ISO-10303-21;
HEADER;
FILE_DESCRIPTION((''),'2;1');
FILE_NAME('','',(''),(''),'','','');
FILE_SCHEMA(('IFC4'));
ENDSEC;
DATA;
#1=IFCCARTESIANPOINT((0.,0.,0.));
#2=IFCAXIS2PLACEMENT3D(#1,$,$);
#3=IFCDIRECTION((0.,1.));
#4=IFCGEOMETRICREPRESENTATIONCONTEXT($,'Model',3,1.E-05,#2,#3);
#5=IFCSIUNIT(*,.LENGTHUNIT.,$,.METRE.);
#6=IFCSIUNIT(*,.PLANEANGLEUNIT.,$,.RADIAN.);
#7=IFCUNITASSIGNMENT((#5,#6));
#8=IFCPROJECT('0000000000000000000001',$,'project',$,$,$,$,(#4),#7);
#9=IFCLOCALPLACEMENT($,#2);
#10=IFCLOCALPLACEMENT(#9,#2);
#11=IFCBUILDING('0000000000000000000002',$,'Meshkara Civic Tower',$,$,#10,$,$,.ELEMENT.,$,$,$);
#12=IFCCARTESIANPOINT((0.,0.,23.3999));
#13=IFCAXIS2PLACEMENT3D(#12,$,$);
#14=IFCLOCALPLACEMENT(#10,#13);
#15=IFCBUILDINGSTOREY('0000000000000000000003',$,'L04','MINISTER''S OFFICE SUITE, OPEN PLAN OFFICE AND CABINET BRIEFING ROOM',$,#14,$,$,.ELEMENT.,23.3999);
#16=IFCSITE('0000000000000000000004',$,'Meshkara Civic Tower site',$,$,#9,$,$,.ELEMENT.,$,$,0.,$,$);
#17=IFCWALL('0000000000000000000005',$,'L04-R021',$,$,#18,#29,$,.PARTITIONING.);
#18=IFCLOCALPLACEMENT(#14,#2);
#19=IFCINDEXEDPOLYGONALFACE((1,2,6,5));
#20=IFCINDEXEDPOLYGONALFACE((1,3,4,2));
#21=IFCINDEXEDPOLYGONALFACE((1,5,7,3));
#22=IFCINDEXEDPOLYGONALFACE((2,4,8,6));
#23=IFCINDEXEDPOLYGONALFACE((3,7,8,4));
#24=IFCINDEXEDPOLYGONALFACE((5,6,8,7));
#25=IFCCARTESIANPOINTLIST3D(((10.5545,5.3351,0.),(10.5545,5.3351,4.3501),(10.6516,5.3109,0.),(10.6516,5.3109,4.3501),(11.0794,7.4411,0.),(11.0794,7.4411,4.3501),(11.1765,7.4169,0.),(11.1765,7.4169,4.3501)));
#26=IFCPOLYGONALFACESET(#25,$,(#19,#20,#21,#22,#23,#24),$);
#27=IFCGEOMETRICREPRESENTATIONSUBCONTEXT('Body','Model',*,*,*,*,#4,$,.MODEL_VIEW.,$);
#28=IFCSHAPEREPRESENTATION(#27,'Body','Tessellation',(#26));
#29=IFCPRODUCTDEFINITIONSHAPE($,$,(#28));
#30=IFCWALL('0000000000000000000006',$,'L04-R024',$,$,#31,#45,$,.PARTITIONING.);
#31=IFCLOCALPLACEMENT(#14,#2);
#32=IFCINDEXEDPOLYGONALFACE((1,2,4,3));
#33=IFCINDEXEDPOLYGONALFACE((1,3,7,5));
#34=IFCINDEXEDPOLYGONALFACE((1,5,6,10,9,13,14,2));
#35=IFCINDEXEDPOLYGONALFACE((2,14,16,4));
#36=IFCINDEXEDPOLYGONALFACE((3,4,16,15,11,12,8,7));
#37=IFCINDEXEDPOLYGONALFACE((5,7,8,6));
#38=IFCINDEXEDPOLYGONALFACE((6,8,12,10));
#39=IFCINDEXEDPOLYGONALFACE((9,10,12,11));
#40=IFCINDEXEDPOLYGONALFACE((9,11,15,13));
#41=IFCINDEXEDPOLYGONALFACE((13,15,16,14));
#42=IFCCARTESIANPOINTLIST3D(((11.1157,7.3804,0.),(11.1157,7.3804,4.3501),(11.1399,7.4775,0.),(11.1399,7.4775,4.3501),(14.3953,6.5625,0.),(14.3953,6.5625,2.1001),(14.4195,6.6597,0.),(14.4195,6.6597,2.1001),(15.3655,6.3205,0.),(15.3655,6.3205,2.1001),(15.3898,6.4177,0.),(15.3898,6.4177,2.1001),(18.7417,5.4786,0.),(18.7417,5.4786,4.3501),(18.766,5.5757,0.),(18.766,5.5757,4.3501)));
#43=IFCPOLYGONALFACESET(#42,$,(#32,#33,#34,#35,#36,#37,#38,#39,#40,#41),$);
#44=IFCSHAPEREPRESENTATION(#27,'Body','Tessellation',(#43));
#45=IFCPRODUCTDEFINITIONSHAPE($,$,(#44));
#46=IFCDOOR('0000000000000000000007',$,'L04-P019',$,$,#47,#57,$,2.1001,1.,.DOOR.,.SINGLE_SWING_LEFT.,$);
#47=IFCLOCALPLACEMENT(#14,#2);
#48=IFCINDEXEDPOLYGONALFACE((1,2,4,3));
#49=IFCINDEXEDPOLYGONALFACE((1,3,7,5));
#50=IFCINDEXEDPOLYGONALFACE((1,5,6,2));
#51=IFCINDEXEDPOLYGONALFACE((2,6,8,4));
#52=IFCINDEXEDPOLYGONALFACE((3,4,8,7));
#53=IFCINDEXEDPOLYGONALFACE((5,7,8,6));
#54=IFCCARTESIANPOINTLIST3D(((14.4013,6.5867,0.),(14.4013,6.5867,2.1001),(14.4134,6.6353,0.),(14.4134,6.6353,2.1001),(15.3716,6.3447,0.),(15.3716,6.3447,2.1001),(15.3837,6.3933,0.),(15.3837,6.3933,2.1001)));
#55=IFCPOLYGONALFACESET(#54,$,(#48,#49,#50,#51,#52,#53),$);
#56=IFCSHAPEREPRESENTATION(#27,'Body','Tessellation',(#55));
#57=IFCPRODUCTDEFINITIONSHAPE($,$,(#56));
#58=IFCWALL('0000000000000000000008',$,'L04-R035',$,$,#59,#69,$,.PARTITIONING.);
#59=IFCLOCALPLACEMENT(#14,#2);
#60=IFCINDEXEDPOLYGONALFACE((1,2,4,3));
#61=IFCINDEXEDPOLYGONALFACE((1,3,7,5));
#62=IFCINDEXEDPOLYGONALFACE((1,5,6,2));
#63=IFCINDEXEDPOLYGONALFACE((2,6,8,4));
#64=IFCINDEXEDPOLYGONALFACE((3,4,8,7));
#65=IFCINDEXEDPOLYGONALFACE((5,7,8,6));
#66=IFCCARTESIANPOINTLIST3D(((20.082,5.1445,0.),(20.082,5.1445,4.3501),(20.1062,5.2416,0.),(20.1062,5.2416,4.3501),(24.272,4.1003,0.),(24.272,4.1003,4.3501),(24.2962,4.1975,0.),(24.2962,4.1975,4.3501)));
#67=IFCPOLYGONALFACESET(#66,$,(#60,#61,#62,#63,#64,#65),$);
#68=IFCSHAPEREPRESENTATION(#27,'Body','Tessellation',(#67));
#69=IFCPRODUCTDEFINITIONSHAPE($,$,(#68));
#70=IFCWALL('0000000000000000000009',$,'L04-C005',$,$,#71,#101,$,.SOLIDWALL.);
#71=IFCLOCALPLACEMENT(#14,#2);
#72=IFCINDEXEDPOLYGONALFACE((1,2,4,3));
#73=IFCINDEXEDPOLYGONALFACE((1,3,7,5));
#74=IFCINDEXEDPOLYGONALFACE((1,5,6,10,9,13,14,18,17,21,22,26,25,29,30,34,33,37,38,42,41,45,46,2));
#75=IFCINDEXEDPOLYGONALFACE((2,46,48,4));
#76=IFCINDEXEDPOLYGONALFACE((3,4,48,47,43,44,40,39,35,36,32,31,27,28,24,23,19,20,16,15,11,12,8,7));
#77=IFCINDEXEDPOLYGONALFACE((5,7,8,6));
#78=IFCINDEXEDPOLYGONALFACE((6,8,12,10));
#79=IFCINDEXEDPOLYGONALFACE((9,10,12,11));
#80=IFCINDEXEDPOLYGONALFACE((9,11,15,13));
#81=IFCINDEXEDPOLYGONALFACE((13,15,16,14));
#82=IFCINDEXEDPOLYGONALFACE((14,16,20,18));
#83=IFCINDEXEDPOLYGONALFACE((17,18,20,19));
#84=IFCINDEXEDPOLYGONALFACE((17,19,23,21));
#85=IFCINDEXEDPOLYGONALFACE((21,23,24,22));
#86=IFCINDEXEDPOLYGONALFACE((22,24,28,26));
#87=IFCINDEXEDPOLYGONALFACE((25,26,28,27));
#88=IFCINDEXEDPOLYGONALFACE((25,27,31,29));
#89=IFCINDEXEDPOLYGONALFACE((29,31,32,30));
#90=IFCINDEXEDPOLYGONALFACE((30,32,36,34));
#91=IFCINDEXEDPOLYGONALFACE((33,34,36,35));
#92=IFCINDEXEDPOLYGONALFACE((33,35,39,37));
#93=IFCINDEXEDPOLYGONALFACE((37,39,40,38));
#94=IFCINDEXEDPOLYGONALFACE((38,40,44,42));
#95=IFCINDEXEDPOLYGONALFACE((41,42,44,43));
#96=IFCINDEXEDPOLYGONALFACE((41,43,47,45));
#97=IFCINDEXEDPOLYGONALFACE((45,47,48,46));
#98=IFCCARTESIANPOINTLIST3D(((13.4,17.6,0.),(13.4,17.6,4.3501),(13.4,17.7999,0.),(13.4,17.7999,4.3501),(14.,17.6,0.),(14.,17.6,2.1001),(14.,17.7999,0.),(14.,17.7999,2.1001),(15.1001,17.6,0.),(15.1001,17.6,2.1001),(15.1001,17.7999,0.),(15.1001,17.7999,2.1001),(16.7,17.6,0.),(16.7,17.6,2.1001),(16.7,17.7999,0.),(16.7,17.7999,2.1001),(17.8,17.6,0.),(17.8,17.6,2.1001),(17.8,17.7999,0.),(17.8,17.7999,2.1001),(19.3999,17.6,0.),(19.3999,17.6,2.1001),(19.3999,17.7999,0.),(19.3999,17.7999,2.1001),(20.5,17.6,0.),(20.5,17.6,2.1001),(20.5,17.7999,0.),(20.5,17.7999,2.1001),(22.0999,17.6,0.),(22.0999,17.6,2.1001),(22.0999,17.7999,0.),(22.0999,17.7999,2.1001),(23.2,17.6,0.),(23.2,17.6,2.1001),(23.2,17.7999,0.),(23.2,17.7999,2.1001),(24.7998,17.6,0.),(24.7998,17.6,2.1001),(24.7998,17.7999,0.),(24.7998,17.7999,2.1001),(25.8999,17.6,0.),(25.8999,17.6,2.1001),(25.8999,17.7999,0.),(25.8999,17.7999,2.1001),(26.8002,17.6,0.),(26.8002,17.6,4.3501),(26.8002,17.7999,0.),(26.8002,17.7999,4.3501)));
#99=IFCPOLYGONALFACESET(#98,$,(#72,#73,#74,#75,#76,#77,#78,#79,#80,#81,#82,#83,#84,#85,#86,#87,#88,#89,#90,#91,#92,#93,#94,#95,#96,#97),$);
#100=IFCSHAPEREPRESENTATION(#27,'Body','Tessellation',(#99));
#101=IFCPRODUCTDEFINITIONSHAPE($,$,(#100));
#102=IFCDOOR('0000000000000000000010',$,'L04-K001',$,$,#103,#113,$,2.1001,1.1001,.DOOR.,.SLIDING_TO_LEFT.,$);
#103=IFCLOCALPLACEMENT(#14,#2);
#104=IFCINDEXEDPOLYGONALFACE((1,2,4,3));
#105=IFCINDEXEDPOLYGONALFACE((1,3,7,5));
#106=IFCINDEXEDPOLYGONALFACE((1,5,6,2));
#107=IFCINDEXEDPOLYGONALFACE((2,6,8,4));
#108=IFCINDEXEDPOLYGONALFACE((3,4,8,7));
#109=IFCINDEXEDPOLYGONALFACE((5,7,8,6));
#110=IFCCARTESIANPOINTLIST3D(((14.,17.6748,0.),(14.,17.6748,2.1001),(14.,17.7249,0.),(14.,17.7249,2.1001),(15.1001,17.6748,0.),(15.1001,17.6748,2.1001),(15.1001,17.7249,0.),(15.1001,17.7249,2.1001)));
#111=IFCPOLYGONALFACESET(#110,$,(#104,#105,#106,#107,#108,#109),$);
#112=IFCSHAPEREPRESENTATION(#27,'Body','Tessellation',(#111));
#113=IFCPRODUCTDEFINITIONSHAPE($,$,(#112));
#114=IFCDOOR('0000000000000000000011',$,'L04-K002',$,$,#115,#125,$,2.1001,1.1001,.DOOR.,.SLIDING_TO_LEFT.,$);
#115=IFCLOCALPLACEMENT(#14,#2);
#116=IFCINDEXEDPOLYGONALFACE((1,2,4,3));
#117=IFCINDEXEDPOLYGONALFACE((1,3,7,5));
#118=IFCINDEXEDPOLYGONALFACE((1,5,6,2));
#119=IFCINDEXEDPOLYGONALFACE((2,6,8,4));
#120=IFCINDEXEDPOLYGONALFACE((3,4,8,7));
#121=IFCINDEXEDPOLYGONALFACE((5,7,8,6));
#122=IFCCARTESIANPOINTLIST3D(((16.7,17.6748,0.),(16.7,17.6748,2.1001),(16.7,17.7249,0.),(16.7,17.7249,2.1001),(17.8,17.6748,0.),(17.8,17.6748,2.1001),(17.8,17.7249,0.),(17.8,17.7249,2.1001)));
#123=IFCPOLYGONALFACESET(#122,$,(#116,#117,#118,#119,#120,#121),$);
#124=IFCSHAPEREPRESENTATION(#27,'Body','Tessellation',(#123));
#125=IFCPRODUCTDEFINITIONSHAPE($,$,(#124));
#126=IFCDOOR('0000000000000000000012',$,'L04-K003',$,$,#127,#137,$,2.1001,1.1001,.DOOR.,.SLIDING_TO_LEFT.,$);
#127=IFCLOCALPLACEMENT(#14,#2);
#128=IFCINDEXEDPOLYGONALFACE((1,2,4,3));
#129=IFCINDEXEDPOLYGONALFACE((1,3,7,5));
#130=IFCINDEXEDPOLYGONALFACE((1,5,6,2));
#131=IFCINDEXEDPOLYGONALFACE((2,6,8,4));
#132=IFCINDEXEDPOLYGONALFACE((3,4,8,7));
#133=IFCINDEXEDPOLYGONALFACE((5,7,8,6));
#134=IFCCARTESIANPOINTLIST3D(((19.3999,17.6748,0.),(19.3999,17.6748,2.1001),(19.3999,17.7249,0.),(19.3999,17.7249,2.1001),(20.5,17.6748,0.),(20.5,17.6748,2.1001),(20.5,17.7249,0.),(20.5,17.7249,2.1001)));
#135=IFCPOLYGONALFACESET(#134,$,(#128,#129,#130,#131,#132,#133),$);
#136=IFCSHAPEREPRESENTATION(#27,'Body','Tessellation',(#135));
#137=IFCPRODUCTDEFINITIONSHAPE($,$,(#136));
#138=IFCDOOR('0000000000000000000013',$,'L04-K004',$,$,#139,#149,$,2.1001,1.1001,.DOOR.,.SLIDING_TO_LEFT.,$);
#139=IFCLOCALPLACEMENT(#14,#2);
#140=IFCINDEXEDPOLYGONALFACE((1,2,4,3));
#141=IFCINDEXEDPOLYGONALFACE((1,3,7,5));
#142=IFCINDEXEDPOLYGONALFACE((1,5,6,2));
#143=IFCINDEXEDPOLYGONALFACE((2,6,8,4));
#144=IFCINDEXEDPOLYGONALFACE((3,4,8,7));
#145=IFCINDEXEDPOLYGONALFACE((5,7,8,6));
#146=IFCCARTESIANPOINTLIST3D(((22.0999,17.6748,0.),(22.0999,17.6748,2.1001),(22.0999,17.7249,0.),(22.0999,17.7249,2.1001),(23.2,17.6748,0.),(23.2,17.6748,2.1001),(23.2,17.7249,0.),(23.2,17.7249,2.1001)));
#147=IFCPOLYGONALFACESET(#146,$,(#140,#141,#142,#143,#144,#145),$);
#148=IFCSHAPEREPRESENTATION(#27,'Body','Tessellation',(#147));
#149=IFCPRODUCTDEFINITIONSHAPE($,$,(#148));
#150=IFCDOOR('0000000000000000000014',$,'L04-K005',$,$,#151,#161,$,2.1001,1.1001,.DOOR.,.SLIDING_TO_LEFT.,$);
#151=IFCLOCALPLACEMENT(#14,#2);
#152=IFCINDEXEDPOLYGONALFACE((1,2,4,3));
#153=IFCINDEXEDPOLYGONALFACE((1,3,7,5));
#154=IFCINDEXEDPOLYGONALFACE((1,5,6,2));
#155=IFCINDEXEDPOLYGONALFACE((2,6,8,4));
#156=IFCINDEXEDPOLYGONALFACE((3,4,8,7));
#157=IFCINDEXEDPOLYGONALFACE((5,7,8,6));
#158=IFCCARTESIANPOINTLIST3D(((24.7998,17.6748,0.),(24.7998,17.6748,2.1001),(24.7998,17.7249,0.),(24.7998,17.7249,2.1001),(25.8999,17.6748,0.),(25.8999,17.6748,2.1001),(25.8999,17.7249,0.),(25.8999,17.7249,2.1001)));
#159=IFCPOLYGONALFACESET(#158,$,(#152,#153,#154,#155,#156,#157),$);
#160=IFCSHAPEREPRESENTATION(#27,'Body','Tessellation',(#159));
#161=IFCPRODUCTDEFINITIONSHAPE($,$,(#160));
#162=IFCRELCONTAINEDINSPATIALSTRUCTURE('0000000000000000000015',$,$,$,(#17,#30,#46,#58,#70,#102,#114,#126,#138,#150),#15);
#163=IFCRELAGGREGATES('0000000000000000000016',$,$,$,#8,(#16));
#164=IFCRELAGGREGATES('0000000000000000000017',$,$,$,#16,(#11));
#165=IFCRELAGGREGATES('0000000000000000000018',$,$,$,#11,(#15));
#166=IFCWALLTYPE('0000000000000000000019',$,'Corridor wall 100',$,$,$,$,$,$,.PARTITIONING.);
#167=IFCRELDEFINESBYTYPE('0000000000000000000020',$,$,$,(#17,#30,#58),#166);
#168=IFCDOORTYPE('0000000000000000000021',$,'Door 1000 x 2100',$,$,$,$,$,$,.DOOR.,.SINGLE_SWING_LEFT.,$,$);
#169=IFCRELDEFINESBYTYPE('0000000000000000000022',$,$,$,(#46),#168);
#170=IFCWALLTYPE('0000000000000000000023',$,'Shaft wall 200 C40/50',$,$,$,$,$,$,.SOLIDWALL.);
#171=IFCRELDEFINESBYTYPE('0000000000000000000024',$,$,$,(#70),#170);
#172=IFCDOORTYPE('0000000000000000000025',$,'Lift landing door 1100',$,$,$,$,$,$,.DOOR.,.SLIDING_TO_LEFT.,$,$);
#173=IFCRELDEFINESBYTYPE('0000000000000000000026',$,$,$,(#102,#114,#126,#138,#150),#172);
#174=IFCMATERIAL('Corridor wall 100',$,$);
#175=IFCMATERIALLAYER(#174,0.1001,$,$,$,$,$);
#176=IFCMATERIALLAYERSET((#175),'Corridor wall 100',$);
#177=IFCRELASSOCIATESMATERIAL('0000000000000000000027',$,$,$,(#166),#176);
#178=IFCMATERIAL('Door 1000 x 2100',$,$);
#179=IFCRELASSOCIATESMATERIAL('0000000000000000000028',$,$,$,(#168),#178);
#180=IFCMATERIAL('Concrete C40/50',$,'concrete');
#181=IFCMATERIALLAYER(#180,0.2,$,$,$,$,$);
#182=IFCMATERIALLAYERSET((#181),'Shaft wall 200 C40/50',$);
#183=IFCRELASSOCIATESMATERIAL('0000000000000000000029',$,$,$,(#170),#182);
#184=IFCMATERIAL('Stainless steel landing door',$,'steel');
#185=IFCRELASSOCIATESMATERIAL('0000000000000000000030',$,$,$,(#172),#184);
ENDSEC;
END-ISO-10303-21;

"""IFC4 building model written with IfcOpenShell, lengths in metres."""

from ifc_helpers import new_model, si_unit, direction, frame, frame_2d, origin, place, context, subcontext, project, spatial, rectangle, extrude, material, layer, layer_set, type_object, element, fill, save


model = new_model("IFC4")

# Units and contexts
model_context = context("Model", 3, precision=1e-05, world=origin(), true_north=direction((0.0, 1.0)))
body_context = subcontext(model_context, "Body", "Model", "MODEL_VIEW")
ifc_project = project(units=[si_unit("LENGTHUNIT", "METRE"), si_unit("PLANEANGLEUNIT", "RADIAN")], contexts=[model_context])

# Site, building, storey
site_placement = place(None, origin())
site = spatial("IfcSite", under=ifc_project, at=site_placement, Name="Meshkara Civic Tower site", CompositionType="ELEMENT", RefElevation=0.0)
building_placement = place(site_placement, origin())
building = spatial("IfcBuilding", under=site, at=building_placement, Name="Meshkara Civic Tower", CompositionType="ELEMENT")
storey_placement = place(building_placement, frame((0.0, 0.0, 23.3999)))
storey = spatial("IfcBuildingStorey", under=building, at=storey_placement, Name="L04", Description="MINISTER'S OFFICE SUITE, OPEN PLAN OFFICE AND CABINET BRIEFING ROOM", CompositionType="ELEMENT", Elevation=23.3999)

# Wall
ifc_material_1 = material(Name="Corridor wall 100")
ifc_layer_1 = layer(ifc_material_1, 0.1001)
ifc_layer_set_1 = layer_set([ifc_layer_1], Name="Corridor wall 100")
wall_type_1 = type_object("IfcWallType", Name="Corridor wall 100", PredefinedType="PARTITIONING", material=ifc_layer_set_1)
wall_1_placement = place(storey_placement, frame((10.603, 5.323, 0.0), z_axis=(0.0, 0.0, 1.0), x_axis=(0.241847, 0.970314, 0.0)))
element("IfcWall", 1, at=wall_1_placement, inside=storey, type_object=wall_type_1, Name="L04-R021", PredefinedType="PARTITIONING", context=body_context, shape_type="SweptSolid", body=[
    extrude(rectangle(XDim=2.1704, YDim=0.1001, at=frame_2d((1.0852, 0.0))), origin(), (0.0, 0.0, 1.0), 4.3501),
])

# Wall, opening, door
wall_2_placement = place(storey_placement, frame((11.1279, 7.429, 0.0), z_axis=(0.0, 0.0, 1.0), x_axis=(0.970281, -0.24198, 0.0)))
wall_2 = element("IfcWall", 2, at=wall_2_placement, inside=storey, type_object=wall_type_1, Name="L04-R024", PredefinedType="PARTITIONING", context=body_context, shape_type="SweptSolid", body=[
    extrude(rectangle(XDim=7.8596, YDim=0.1001, at=frame_2d((3.9297, 0.0))), origin(), (0.0, 0.0, 1.0), 4.3501),
])
opening_1_placement = place(wall_2_placement, frame((3.3799, 0.0, 0.0)))
opening_1 = element("IfcOpeningElement", 3, at=opening_1_placement, cuts=wall_2, PredefinedType="OPENING", context=body_context, shape_type="SweptSolid", body=[
    extrude(rectangle(XDim=1.0, YDim=2.1001, at=frame_2d((0.5, 1.05))), frame((0.0, 0.0601, 0.0), z_axis=(0.0, -1.0, 0.0), x_axis=(1.0, 0.0, 0.0)), (0.0, 0.0, 1.0), 0.1201),
])
ifc_material_2 = material(Name="Door 1000 x 2100")
door_type_1 = type_object("IfcDoorType", Name="Door 1000 x 2100", OperationType="SINGLE_SWING_LEFT", PredefinedType="DOOR", material=ifc_material_2)
door_1_placement = place(opening_1_placement, origin())
door_1 = element("IfcDoor", 4, at=door_1_placement, inside=storey, type_object=door_type_1, Name="L04-P019", OperationType="SINGLE_SWING_LEFT", OverallHeight=2.1001, OverallWidth=1.0, PredefinedType="DOOR", context=body_context, shape_type="SweptSolid", body=[
    extrude(rectangle(XDim=1.0, YDim=2.1001, at=frame_2d((0.5, 1.05))), frame((0.0, 0.0249, 0.0), z_axis=(0.0, -1.0, 0.0), x_axis=(1.0, 0.0, 0.0)), (0.0, 0.0, 1.0), 0.05),
])
fill(opening_1, door_1)

# Wall
wall_3_placement = place(storey_placement, frame((20.094, 5.1931, 0.0), z_axis=(0.0, 0.0, 1.0), x_axis=(0.970322, -0.241817, 0.0)))
element("IfcWall", 5, at=wall_3_placement, inside=storey, type_object=wall_type_1, Name="L04-R035", PredefinedType="PARTITIONING", context=body_context, shape_type="SweptSolid", body=[
    extrude(rectangle(XDim=4.3181, YDim=0.1001, at=frame_2d((2.1592, 0.0))), origin(), (0.0, 0.0, 1.0), 4.3501),
])

# Wall, openings, doors
ifc_material_3 = material(Name="Concrete C40/50", Category="concrete")
ifc_layer_2 = layer(ifc_material_3, 0.2)
ifc_layer_set_2 = layer_set([ifc_layer_2], Name="Shaft wall 200 C40/50")
wall_type_2 = type_object("IfcWallType", Name="Shaft wall 200 C40/50", PredefinedType="SOLIDWALL", material=ifc_layer_set_2)
wall_4_placement = place(storey_placement, frame((13.3999, 17.7, 0.0), z_axis=(0.0, 0.0, 1.0), x_axis=(1.0, 0.0, 0.0)))
wall_4 = element("IfcWall", 6, at=wall_4_placement, inside=storey, type_object=wall_type_2, Name="L04-C005", PredefinedType="SOLIDWALL", context=body_context, shape_type="SweptSolid", body=[
    extrude(rectangle(XDim=13.4001, YDim=0.2, at=frame_2d((6.7002, 0.0))), origin(), (0.0, 0.0, 1.0), 4.3501),
])
opening_2_placement = place(wall_4_placement, frame((0.6001, 0.0, 0.0)))
opening_2 = element("IfcOpeningElement", 7, at=opening_2_placement, cuts=wall_4, PredefinedType="OPENING", context=body_context, shape_type="SweptSolid", body=[
    extrude(rectangle(XDim=1.1001, YDim=2.1001, at=frame_2d((0.55, 1.05))), frame((0.0, 0.1099, 0.0), z_axis=(0.0, -1.0, 0.0), x_axis=(1.0, 0.0, 0.0)), (0.0, 0.0, 1.0), 0.22),
])
opening_3_placement = place(wall_4_placement, frame((3.3, 0.0, 0.0)))
opening_3 = element("IfcOpeningElement", 8, at=opening_3_placement, cuts=wall_4, PredefinedType="OPENING", context=body_context, shape_type="SweptSolid", body=[
    extrude(rectangle(XDim=1.1001, YDim=2.1001, at=frame_2d((0.55, 1.05))), frame((0.0, 0.1099, 0.0), z_axis=(0.0, -1.0, 0.0), x_axis=(1.0, 0.0, 0.0)), (0.0, 0.0, 1.0), 0.22),
])
opening_4_placement = place(wall_4_placement, frame((6.0, 0.0, 0.0)))
opening_4 = element("IfcOpeningElement", 9, at=opening_4_placement, cuts=wall_4, PredefinedType="OPENING", context=body_context, shape_type="SweptSolid", body=[
    extrude(rectangle(XDim=1.1001, YDim=2.1001, at=frame_2d((0.55, 1.05))), frame((0.0, 0.1099, 0.0), z_axis=(0.0, -1.0, 0.0), x_axis=(1.0, 0.0, 0.0)), (0.0, 0.0, 1.0), 0.22),
])
opening_5_placement = place(wall_4_placement, frame((8.7, 0.0, 0.0)))
opening_5 = element("IfcOpeningElement", 10, at=opening_5_placement, cuts=wall_4, PredefinedType="OPENING", context=body_context, shape_type="SweptSolid", body=[
    extrude(rectangle(XDim=1.1001, YDim=2.1001, at=frame_2d((0.55, 1.05))), frame((0.0, 0.1099, 0.0), z_axis=(0.0, -1.0, 0.0), x_axis=(1.0, 0.0, 0.0)), (0.0, 0.0, 1.0), 0.22),
])
opening_6_placement = place(wall_4_placement, frame((11.3999, 0.0, 0.0)))
opening_6 = element("IfcOpeningElement", 11, at=opening_6_placement, cuts=wall_4, PredefinedType="OPENING", context=body_context, shape_type="SweptSolid", body=[
    extrude(rectangle(XDim=1.1001, YDim=2.1001, at=frame_2d((0.55, 1.05))), frame((0.0, 0.1099, 0.0), z_axis=(0.0, -1.0, 0.0), x_axis=(1.0, 0.0, 0.0)), (0.0, 0.0, 1.0), 0.22),
])
ifc_material_4 = material(Name="Stainless steel landing door", Category="steel")
door_type_2 = type_object("IfcDoorType", Name="Lift landing door 1100", OperationType="SLIDING_TO_LEFT", PredefinedType="DOOR", material=ifc_material_4)
door_2_placement = place(opening_2_placement, origin())
door_2 = element("IfcDoor", 12, at=door_2_placement, inside=storey, type_object=door_type_2, Name="L04-K001", OperationType="SLIDING_TO_LEFT", OverallHeight=2.1001, OverallWidth=1.1001, PredefinedType="DOOR", context=body_context, shape_type="SweptSolid", body=[
    extrude(rectangle(XDim=1.1001, YDim=2.1001, at=frame_2d((0.55, 1.05))), frame((0.0, 0.0249, 0.0), z_axis=(0.0, -1.0, 0.0), x_axis=(1.0, 0.0, 0.0)), (0.0, 0.0, 1.0), 0.05),
])
fill(opening_2, door_2)
door_3_placement = place(opening_3_placement, origin())
door_3 = element("IfcDoor", 13, at=door_3_placement, inside=storey, type_object=door_type_2, Name="L04-K002", OperationType="SLIDING_TO_LEFT", OverallHeight=2.1001, OverallWidth=1.1001, PredefinedType="DOOR", context=body_context, shape_type="SweptSolid", body=[
    extrude(rectangle(XDim=1.1001, YDim=2.1001, at=frame_2d((0.55, 1.05))), frame((0.0, 0.0249, 0.0), z_axis=(0.0, -1.0, 0.0), x_axis=(1.0, 0.0, 0.0)), (0.0, 0.0, 1.0), 0.05),
])
fill(opening_3, door_3)
door_4_placement = place(opening_4_placement, origin())
door_4 = element("IfcDoor", 14, at=door_4_placement, inside=storey, type_object=door_type_2, Name="L04-K003", OperationType="SLIDING_TO_LEFT", OverallHeight=2.1001, OverallWidth=1.1001, PredefinedType="DOOR", context=body_context, shape_type="SweptSolid", body=[
    extrude(rectangle(XDim=1.1001, YDim=2.1001, at=frame_2d((0.55, 1.05))), frame((0.0, 0.0249, 0.0), z_axis=(0.0, -1.0, 0.0), x_axis=(1.0, 0.0, 0.0)), (0.0, 0.0, 1.0), 0.05),
])
fill(opening_4, door_4)
door_5_placement = place(opening_5_placement, origin())
door_5 = element("IfcDoor", 15, at=door_5_placement, inside=storey, type_object=door_type_2, Name="L04-K004", OperationType="SLIDING_TO_LEFT", OverallHeight=2.1001, OverallWidth=1.1001, PredefinedType="DOOR", context=body_context, shape_type="SweptSolid", body=[
    extrude(rectangle(XDim=1.1001, YDim=2.1001, at=frame_2d((0.55, 1.05))), frame((0.0, 0.0249, 0.0), z_axis=(0.0, -1.0, 0.0), x_axis=(1.0, 0.0, 0.0)), (0.0, 0.0, 1.0), 0.05),
])
fill(opening_5, door_5)
door_6_placement = place(opening_6_placement, origin())
door_6 = element("IfcDoor", 16, at=door_6_placement, inside=storey, type_object=door_type_2, Name="L04-K005", OperationType="SLIDING_TO_LEFT", OverallHeight=2.1001, OverallWidth=1.1001, PredefinedType="DOOR", context=body_context, shape_type="SweptSolid", body=[
    extrude(rectangle(XDim=1.1001, YDim=2.1001, at=frame_2d((0.55, 1.05))), frame((0.0, 0.0249, 0.0), z_axis=(0.0, -1.0, 0.0), x_axis=(1.0, 0.0, 0.0)), (0.0, 0.0, 1.0), 0.05),
])
fill(opening_6, door_6)

save(model, "model.ifc")
